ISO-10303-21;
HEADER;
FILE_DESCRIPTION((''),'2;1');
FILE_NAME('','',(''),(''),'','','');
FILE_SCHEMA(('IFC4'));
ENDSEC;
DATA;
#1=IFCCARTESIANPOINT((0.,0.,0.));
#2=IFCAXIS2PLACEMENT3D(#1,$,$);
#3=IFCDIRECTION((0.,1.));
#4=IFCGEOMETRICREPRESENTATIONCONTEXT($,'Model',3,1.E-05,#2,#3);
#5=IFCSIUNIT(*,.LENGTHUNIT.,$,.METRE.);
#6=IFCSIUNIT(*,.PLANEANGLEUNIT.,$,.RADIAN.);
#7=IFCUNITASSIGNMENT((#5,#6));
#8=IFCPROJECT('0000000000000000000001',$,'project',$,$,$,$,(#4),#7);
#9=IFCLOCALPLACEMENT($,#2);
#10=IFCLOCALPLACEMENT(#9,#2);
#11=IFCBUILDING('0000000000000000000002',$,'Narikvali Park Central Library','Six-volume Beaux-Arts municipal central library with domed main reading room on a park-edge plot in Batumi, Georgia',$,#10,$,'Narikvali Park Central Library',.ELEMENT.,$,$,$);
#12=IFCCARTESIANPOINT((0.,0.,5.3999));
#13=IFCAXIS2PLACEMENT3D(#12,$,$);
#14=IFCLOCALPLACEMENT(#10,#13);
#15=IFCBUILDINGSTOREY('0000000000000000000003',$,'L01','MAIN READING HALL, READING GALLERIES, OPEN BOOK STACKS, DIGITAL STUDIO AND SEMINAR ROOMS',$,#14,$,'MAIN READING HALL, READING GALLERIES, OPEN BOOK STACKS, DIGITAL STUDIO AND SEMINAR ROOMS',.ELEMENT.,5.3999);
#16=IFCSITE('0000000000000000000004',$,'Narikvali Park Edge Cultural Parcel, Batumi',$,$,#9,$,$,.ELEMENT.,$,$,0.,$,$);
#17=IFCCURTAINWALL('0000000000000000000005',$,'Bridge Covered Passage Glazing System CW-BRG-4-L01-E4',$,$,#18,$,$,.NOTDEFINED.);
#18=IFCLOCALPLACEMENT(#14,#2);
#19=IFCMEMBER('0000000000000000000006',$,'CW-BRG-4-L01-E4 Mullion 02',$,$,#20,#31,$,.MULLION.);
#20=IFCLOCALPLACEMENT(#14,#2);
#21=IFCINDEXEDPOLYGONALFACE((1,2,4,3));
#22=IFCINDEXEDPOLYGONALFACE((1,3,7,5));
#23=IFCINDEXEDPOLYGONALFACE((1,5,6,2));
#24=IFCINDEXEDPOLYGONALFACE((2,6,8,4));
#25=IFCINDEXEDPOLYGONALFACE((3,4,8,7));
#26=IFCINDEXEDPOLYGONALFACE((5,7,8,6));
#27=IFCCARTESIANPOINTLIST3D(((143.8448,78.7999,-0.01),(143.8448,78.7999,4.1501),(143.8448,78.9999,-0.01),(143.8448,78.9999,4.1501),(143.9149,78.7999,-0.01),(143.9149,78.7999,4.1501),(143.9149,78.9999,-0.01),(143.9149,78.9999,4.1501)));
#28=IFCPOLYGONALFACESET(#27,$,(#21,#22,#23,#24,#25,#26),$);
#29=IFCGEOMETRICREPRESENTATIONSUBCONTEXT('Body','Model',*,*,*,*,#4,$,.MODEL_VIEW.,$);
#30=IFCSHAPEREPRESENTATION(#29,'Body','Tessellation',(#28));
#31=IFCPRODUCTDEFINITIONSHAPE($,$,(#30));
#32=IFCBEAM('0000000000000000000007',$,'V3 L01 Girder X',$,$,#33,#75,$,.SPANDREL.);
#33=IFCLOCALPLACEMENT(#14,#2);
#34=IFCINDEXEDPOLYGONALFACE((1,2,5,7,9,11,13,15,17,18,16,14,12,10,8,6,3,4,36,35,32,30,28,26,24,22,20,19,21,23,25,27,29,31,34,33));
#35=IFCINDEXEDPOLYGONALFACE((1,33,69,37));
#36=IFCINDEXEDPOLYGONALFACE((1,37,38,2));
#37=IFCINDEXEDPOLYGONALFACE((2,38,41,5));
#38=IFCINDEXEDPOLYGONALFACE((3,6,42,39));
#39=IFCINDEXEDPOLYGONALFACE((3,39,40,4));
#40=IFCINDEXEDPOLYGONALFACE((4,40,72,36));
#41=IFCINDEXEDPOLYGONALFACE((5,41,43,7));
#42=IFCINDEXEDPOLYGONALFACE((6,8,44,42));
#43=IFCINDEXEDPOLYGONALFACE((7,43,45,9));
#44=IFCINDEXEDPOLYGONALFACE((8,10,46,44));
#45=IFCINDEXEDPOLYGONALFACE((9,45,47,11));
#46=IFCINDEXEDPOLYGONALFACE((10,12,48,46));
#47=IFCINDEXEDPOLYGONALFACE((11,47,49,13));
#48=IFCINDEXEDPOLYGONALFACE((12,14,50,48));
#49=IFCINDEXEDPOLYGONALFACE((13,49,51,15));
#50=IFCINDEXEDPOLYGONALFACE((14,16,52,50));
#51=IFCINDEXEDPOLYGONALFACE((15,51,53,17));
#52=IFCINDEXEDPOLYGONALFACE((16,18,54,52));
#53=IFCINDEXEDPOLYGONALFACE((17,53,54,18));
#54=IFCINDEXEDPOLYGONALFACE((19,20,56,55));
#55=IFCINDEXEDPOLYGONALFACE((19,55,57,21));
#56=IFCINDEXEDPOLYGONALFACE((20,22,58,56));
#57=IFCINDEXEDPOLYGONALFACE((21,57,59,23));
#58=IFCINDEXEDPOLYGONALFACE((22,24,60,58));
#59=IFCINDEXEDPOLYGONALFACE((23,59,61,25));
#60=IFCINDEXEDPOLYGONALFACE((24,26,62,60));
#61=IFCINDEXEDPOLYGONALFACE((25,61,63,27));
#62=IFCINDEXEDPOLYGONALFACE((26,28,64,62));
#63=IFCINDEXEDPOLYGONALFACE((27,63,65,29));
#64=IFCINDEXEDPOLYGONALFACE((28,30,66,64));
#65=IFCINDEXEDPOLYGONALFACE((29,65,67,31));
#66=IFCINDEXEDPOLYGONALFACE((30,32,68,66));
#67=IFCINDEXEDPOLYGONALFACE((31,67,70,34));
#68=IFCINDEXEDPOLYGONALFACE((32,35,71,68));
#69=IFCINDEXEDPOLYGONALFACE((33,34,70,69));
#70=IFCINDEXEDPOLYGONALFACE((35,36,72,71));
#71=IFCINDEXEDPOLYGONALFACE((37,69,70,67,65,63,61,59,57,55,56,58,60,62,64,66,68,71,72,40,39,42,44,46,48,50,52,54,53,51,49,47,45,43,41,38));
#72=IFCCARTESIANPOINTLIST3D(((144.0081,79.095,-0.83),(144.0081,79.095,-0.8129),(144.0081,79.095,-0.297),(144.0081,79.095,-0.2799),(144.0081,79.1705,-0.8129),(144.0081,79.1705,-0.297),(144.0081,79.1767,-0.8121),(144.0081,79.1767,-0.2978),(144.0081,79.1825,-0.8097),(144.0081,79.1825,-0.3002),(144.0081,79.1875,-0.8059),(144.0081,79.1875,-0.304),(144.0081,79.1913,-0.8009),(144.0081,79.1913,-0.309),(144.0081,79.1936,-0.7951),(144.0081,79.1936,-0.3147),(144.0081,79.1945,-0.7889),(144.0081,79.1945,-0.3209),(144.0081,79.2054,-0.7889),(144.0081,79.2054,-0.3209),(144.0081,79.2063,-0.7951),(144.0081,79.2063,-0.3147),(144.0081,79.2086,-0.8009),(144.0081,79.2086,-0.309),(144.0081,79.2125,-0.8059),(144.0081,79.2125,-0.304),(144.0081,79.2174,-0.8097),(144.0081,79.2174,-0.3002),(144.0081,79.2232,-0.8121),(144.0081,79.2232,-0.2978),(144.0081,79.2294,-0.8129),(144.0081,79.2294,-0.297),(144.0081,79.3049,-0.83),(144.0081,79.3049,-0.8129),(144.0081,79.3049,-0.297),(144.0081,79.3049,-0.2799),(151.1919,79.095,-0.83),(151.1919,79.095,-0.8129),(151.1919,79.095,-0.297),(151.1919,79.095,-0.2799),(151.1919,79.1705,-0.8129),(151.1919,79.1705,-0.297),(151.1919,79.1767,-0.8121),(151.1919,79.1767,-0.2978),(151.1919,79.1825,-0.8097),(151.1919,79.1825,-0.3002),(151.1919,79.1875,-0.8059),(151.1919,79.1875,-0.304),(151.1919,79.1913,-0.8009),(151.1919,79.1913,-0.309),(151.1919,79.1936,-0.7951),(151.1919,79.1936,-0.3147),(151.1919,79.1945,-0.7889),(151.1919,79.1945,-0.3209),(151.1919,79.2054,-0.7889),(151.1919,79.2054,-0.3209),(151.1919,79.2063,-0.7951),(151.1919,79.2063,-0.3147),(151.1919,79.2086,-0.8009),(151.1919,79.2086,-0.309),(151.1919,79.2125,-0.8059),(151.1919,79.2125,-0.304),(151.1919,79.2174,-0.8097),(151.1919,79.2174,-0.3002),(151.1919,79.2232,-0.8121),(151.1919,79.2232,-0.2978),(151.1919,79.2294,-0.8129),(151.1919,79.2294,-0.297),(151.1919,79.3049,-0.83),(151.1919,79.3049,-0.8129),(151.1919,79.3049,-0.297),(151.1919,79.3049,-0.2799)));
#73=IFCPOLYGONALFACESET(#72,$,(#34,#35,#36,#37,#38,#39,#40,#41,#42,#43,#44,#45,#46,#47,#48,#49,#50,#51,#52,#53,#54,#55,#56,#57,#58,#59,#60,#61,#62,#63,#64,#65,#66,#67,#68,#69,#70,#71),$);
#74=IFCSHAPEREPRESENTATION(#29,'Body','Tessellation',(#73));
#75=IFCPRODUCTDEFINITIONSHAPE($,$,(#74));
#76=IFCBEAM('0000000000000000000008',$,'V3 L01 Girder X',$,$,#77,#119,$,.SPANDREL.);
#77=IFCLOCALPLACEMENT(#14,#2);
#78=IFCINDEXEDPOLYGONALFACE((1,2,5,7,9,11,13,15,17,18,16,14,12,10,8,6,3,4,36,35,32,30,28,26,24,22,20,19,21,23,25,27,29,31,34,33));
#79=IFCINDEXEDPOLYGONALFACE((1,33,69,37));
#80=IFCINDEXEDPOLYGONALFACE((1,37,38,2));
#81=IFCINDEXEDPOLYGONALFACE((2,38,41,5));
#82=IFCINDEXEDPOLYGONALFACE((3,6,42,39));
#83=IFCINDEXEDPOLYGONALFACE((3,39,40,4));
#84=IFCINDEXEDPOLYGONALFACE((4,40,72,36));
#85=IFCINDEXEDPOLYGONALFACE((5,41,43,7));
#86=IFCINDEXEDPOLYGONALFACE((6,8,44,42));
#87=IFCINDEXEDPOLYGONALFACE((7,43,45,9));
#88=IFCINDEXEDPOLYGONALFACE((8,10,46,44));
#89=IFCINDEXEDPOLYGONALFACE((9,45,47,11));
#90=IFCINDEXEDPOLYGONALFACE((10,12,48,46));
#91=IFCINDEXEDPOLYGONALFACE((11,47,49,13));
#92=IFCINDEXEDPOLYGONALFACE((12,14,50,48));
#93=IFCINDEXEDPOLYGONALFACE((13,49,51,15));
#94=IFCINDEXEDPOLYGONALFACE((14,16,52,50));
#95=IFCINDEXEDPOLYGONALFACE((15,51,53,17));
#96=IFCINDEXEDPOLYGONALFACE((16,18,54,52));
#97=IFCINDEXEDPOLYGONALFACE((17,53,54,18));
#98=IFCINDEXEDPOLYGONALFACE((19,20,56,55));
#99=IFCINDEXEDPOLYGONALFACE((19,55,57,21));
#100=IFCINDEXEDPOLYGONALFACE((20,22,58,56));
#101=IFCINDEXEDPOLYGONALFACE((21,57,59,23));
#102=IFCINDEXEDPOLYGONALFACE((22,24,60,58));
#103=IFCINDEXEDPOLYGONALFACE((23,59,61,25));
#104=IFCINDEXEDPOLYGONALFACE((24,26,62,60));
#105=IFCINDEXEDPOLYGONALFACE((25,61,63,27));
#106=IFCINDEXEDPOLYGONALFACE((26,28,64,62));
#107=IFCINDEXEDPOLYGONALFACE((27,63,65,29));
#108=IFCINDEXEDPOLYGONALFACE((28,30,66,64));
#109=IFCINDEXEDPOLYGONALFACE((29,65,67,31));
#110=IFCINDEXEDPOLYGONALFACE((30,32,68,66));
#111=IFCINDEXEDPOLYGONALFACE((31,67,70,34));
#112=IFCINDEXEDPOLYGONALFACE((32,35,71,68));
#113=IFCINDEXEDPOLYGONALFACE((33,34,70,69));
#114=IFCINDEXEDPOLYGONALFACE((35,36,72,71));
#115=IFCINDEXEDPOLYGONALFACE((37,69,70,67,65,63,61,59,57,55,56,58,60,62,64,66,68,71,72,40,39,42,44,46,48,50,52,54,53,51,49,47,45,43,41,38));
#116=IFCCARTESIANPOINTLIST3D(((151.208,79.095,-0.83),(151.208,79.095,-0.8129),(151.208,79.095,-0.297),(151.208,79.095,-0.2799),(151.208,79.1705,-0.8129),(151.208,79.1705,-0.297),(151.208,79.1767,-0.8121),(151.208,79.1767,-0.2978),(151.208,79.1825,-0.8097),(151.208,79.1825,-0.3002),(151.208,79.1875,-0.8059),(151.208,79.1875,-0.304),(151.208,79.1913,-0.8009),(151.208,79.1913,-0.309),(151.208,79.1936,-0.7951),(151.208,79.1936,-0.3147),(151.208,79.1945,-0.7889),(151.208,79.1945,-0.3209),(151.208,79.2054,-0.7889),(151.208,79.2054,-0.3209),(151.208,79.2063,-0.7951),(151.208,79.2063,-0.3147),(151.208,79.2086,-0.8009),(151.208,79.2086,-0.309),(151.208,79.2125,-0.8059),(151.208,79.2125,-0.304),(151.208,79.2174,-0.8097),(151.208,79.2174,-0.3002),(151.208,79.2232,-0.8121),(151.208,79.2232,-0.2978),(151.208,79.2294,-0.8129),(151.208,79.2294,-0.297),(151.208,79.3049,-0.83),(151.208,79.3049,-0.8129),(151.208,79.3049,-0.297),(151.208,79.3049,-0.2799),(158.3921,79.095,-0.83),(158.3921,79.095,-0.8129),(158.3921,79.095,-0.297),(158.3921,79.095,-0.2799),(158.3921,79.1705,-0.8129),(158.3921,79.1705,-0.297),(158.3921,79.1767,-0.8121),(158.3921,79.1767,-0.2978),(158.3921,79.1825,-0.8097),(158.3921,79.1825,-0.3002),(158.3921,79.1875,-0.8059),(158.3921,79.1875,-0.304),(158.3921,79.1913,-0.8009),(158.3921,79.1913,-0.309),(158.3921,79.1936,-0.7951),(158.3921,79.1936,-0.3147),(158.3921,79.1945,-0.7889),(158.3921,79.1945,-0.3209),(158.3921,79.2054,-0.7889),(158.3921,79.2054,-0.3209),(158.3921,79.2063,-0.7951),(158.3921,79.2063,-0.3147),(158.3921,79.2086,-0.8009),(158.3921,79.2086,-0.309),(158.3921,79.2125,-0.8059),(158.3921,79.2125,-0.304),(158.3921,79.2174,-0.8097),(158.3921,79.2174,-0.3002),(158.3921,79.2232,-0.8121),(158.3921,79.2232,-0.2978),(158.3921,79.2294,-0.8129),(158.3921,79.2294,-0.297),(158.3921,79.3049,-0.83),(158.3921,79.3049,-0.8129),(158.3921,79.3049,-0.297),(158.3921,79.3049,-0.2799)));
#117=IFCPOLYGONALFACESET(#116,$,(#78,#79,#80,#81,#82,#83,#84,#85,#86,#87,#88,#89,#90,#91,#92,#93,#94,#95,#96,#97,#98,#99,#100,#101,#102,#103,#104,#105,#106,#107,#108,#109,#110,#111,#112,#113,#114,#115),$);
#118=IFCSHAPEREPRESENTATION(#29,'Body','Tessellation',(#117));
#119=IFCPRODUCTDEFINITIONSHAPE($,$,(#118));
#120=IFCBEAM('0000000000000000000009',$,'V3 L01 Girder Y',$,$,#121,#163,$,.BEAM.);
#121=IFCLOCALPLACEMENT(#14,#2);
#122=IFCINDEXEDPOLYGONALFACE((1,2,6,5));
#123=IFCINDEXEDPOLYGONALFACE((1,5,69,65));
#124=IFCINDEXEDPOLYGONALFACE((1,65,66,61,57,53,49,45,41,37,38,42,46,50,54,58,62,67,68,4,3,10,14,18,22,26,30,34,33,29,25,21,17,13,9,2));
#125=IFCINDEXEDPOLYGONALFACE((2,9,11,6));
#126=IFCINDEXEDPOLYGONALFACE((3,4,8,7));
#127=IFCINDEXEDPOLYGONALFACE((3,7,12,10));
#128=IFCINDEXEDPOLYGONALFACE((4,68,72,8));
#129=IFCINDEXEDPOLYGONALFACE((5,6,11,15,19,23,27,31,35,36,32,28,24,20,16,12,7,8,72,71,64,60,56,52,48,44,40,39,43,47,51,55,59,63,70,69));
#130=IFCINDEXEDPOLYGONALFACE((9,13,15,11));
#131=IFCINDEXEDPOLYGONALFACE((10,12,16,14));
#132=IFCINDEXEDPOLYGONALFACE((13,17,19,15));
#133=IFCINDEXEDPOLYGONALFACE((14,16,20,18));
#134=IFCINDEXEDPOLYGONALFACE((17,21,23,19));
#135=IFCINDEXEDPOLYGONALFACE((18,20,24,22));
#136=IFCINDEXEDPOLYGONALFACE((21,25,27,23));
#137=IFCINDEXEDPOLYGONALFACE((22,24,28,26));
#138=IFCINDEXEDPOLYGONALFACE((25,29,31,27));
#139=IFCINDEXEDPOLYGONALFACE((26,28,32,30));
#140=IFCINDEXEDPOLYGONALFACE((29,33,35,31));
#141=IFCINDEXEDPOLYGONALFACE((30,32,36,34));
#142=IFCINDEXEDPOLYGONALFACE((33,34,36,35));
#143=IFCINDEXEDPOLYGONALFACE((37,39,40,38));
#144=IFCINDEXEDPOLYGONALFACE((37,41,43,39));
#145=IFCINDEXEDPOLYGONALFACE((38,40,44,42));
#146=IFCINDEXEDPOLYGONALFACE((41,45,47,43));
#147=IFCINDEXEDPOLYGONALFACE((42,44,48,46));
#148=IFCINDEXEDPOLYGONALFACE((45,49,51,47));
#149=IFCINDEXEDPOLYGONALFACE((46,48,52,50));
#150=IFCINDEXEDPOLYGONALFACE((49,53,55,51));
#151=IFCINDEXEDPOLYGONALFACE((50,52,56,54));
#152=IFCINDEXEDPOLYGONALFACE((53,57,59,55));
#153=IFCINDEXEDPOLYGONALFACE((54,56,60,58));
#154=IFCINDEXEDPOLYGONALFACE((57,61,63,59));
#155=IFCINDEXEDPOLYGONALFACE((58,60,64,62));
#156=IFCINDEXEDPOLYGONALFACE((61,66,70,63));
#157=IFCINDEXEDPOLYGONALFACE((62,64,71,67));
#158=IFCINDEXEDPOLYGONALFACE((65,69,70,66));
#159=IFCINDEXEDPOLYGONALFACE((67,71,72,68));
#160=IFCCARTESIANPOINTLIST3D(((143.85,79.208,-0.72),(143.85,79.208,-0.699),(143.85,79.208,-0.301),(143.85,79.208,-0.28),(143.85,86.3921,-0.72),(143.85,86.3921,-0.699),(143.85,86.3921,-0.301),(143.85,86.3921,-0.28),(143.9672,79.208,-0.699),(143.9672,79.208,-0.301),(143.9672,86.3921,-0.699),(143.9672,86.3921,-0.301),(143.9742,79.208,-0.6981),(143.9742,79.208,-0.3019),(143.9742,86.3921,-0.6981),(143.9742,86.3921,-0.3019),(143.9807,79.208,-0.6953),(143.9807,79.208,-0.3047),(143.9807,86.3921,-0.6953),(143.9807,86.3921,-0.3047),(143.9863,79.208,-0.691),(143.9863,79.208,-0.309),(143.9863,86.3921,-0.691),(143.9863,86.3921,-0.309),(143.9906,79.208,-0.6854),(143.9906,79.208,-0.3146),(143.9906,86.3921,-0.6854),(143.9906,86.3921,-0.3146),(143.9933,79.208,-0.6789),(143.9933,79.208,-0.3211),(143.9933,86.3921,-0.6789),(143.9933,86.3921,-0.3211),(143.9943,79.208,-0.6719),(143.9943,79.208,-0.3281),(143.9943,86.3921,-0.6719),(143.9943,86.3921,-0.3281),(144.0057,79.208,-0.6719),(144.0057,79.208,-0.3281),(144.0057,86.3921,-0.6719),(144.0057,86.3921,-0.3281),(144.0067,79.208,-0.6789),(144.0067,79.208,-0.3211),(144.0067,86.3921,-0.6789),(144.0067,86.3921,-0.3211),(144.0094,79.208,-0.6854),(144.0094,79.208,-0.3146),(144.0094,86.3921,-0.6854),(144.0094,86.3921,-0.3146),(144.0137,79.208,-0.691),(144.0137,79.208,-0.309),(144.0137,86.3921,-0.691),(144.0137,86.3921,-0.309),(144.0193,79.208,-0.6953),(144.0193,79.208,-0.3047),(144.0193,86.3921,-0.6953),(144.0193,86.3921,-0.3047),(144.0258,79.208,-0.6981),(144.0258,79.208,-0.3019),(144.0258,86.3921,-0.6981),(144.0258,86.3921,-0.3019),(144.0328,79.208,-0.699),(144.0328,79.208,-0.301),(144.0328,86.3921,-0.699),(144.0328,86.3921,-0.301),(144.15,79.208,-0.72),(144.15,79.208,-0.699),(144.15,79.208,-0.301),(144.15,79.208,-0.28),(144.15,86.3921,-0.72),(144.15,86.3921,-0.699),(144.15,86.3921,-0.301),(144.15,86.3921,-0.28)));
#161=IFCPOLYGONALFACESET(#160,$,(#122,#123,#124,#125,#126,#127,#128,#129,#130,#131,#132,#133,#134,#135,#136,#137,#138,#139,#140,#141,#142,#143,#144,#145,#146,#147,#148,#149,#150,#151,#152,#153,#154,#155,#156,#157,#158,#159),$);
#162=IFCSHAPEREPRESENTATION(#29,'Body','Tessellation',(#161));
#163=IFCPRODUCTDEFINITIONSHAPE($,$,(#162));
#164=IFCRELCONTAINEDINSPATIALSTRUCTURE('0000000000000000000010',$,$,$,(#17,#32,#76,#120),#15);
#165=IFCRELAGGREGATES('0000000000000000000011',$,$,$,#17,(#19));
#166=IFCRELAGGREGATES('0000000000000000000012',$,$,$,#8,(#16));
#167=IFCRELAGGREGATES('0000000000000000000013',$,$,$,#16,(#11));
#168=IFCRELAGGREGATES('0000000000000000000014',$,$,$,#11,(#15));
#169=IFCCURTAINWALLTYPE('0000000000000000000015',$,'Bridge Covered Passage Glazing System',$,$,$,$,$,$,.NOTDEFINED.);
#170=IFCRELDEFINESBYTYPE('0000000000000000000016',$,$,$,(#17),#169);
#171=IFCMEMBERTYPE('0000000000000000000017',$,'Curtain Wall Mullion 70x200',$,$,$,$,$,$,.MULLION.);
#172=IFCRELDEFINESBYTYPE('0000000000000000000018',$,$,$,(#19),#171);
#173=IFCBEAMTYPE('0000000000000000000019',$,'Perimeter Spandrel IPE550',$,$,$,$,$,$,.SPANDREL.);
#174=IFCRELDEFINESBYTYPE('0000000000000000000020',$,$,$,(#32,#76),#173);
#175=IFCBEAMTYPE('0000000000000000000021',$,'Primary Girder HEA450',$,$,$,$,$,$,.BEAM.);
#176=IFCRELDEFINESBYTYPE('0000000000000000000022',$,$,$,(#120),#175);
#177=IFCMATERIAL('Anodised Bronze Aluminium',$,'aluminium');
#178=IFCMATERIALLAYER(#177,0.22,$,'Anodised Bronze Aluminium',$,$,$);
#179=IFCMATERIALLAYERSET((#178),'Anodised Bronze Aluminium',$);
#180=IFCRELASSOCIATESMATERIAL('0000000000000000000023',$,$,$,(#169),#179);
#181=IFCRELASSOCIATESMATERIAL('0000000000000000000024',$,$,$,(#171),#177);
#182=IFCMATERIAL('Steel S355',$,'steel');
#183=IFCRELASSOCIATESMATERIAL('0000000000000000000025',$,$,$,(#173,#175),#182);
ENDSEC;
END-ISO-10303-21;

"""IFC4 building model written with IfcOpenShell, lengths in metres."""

from ifc_helpers import new_model, si_unit, direction, frame, origin, origin_2d, place, context, subcontext, project, spatial, rectangle, i_section, extrude, material, layer, layer_set, material_profile, profile_set, type_object, element, aggregate, save


model = new_model("IFC4")

# Units and contexts
model_context = context("Model", 3, precision=1e-05, world=origin(), true_north=direction((0.0, 1.0)))
body_context = subcontext(model_context, "Body", "Model", "MODEL_VIEW")
ifc_project = project(units=[si_unit("LENGTHUNIT", "METRE"), si_unit("PLANEANGLEUNIT", "RADIAN")], contexts=[model_context])

# Site, building, storey
site_placement = place(None, origin())
site = spatial("IfcSite", under=ifc_project, at=site_placement, Name="Narikvali Park Edge Cultural Parcel, Batumi", CompositionType="ELEMENT", RefElevation=0.0)
building_placement = place(site_placement, origin())
building = spatial("IfcBuilding", under=site, at=building_placement, Name="Narikvali Park Central Library", Description="Six-volume Beaux-Arts municipal central library with domed main reading room on a park-edge plot in Batumi, Georgia", LongName="Narikvali Park Central Library", CompositionType="ELEMENT")
storey_placement = place(building_placement, frame((0.0, 0.0, 5.3999)))
storey = spatial("IfcBuildingStorey", under=building, at=storey_placement, Name="L01", Description="MAIN READING HALL, READING GALLERIES, OPEN BOOK STACKS, DIGITAL STUDIO AND SEMINAR ROOMS", LongName="MAIN READING HALL, READING GALLERIES, OPEN BOOK STACKS, DIGITAL STUDIO AND SEMINAR ROOMS", CompositionType="ELEMENT", Elevation=5.3999)

# Shared definitions
ifc_material_1 = material(Name="Steel S355", Category="steel")

# Shared definitions
ifc_material_2 = material(Name="Anodised Bronze Aluminium", Category="aluminium")

# Curtain wall, member
ifc_layer_1 = layer(ifc_material_2, 0.22, Name="Anodised Bronze Aluminium")
ifc_layer_set_1 = layer_set([ifc_layer_1], Name="Anodised Bronze Aluminium")
curtain_wall_type_1 = type_object("IfcCurtainWallType", Name="Bridge Covered Passage Glazing System", PredefinedType="NOTDEFINED", material=ifc_layer_set_1)
curtain_wall_1_placement = place(storey_placement, origin())
curtain_wall_1 = element("IfcCurtainWall", 1, at=curtain_wall_1_placement, inside=storey, type_object=curtain_wall_type_1, Name="Bridge Covered Passage Glazing System CW-BRG-4-L01-E4", PredefinedType="NOTDEFINED")
ifc_material_profile_1 = material_profile(ifc_material_2, rectangle(XDim=0.0701, YDim=0.2, at=origin_2d()), Name="CW MULLION 70x200")
ifc_profile_set_1 = profile_set([ifc_material_profile_1], Name="Anodised Bronze Aluminium")
member_type_1 = type_object("IfcMemberType", Name="Curtain Wall Mullion 70x200", PredefinedType="MULLION", material=ifc_profile_set_1)
member_1_placement = place(storey_placement, frame((143.8799, 78.8999, -0.01), z_axis=(0.0, 0.0, 1.0), x_axis=(1.0, 0.0, 0.0)))
member_1 = element("IfcMember", 2, at=member_1_placement, type_object=member_type_1, Name="CW-BRG-4-L01-E4 Mullion 02", PredefinedType="MULLION", context=body_context, shape_type="SweptSolid", body=[
    extrude(rectangle(XDim=0.0701, YDim=0.2, at=origin_2d()), origin(), (0.0, 0.0, 1.0), 4.1602),
])
aggregate(curtain_wall_1, [member_1])

# Beams
ifc_material_profile_2 = material_profile(ifc_material_1, i_section(OverallWidth=0.21, OverallDepth=0.55, WebThickness=0.011, FlangeThickness=0.0171, FilletRadius=0.0239, at=origin_2d()), Name="IPE 550")
ifc_profile_set_2 = profile_set([ifc_material_profile_2], Name="Steel S355")
beam_type_1 = type_object("IfcBeamType", Name="Perimeter Spandrel IPE550", PredefinedType="SPANDREL", material=ifc_profile_set_2)
beam_1_placement = place(storey_placement, frame((144.0081, 79.2, -0.5549), z_axis=(1.0, 0.0, 0.0), x_axis=(0.0, 1.0, 0.0)))
element("IfcBeam", 3, at=beam_1_placement, inside=storey, type_object=beam_type_1, Name="V3 L01 Girder X", PredefinedType="SPANDREL", context=body_context, shape_type="SweptSolid", body=[
    extrude(i_section(OverallWidth=0.21, OverallDepth=0.55, WebThickness=0.011, FlangeThickness=0.0171, FilletRadius=0.0239, at=origin_2d()), origin(), (0.0, 0.0, 1.0), 7.1838),
])
beam_2_placement = place(storey_placement, frame((151.208, 79.2, -0.5549), z_axis=(1.0, 0.0, 0.0), x_axis=(0.0, 1.0, 0.0)))
element("IfcBeam", 4, at=beam_2_placement, inside=storey, type_object=beam_type_1, Name="V3 L01 Girder X", PredefinedType="SPANDREL", context=body_context, shape_type="SweptSolid", body=[
    extrude(i_section(OverallWidth=0.21, OverallDepth=0.55, WebThickness=0.011, FlangeThickness=0.0171, FilletRadius=0.0239, at=origin_2d()), origin(), (0.0, 0.0, 1.0), 7.1841),
])
ifc_material_profile_3 = material_profile(ifc_material_1, i_section(OverallWidth=0.3, OverallDepth=0.4399, WebThickness=0.0115, FlangeThickness=0.021, FilletRadius=0.0271, at=origin_2d()), Name="HEA 450")
ifc_profile_set_3 = profile_set([ifc_material_profile_3], Name="Steel S355")
beam_type_2 = type_object("IfcBeamType", Name="Primary Girder HEA450", PredefinedType="BEAM", material=ifc_profile_set_3)
for number, where, z_axis, x_axis, name in (
    (5, (144.0, 79.208, -0.5), (0.0, 1.0, 0.0), (-1.0, 0.0, 0.0), "V3 L01 Girder Y"),
):
    element("IfcBeam", number, at=place(storey_placement, frame(where, z_axis=z_axis, x_axis=x_axis)), inside=storey, type_object=beam_type_2, Name=name, PredefinedType="BEAM", context=body_context, shape_type="SweptSolid", body=[
        extrude(i_section(OverallWidth=0.3, OverallDepth=0.4399, WebThickness=0.0115, FlangeThickness=0.021, FilletRadius=0.0271, at=origin_2d()), origin(), (0.0, 0.0, 1.0), 7.1841),
    ])

save(model, "model.ifc")
